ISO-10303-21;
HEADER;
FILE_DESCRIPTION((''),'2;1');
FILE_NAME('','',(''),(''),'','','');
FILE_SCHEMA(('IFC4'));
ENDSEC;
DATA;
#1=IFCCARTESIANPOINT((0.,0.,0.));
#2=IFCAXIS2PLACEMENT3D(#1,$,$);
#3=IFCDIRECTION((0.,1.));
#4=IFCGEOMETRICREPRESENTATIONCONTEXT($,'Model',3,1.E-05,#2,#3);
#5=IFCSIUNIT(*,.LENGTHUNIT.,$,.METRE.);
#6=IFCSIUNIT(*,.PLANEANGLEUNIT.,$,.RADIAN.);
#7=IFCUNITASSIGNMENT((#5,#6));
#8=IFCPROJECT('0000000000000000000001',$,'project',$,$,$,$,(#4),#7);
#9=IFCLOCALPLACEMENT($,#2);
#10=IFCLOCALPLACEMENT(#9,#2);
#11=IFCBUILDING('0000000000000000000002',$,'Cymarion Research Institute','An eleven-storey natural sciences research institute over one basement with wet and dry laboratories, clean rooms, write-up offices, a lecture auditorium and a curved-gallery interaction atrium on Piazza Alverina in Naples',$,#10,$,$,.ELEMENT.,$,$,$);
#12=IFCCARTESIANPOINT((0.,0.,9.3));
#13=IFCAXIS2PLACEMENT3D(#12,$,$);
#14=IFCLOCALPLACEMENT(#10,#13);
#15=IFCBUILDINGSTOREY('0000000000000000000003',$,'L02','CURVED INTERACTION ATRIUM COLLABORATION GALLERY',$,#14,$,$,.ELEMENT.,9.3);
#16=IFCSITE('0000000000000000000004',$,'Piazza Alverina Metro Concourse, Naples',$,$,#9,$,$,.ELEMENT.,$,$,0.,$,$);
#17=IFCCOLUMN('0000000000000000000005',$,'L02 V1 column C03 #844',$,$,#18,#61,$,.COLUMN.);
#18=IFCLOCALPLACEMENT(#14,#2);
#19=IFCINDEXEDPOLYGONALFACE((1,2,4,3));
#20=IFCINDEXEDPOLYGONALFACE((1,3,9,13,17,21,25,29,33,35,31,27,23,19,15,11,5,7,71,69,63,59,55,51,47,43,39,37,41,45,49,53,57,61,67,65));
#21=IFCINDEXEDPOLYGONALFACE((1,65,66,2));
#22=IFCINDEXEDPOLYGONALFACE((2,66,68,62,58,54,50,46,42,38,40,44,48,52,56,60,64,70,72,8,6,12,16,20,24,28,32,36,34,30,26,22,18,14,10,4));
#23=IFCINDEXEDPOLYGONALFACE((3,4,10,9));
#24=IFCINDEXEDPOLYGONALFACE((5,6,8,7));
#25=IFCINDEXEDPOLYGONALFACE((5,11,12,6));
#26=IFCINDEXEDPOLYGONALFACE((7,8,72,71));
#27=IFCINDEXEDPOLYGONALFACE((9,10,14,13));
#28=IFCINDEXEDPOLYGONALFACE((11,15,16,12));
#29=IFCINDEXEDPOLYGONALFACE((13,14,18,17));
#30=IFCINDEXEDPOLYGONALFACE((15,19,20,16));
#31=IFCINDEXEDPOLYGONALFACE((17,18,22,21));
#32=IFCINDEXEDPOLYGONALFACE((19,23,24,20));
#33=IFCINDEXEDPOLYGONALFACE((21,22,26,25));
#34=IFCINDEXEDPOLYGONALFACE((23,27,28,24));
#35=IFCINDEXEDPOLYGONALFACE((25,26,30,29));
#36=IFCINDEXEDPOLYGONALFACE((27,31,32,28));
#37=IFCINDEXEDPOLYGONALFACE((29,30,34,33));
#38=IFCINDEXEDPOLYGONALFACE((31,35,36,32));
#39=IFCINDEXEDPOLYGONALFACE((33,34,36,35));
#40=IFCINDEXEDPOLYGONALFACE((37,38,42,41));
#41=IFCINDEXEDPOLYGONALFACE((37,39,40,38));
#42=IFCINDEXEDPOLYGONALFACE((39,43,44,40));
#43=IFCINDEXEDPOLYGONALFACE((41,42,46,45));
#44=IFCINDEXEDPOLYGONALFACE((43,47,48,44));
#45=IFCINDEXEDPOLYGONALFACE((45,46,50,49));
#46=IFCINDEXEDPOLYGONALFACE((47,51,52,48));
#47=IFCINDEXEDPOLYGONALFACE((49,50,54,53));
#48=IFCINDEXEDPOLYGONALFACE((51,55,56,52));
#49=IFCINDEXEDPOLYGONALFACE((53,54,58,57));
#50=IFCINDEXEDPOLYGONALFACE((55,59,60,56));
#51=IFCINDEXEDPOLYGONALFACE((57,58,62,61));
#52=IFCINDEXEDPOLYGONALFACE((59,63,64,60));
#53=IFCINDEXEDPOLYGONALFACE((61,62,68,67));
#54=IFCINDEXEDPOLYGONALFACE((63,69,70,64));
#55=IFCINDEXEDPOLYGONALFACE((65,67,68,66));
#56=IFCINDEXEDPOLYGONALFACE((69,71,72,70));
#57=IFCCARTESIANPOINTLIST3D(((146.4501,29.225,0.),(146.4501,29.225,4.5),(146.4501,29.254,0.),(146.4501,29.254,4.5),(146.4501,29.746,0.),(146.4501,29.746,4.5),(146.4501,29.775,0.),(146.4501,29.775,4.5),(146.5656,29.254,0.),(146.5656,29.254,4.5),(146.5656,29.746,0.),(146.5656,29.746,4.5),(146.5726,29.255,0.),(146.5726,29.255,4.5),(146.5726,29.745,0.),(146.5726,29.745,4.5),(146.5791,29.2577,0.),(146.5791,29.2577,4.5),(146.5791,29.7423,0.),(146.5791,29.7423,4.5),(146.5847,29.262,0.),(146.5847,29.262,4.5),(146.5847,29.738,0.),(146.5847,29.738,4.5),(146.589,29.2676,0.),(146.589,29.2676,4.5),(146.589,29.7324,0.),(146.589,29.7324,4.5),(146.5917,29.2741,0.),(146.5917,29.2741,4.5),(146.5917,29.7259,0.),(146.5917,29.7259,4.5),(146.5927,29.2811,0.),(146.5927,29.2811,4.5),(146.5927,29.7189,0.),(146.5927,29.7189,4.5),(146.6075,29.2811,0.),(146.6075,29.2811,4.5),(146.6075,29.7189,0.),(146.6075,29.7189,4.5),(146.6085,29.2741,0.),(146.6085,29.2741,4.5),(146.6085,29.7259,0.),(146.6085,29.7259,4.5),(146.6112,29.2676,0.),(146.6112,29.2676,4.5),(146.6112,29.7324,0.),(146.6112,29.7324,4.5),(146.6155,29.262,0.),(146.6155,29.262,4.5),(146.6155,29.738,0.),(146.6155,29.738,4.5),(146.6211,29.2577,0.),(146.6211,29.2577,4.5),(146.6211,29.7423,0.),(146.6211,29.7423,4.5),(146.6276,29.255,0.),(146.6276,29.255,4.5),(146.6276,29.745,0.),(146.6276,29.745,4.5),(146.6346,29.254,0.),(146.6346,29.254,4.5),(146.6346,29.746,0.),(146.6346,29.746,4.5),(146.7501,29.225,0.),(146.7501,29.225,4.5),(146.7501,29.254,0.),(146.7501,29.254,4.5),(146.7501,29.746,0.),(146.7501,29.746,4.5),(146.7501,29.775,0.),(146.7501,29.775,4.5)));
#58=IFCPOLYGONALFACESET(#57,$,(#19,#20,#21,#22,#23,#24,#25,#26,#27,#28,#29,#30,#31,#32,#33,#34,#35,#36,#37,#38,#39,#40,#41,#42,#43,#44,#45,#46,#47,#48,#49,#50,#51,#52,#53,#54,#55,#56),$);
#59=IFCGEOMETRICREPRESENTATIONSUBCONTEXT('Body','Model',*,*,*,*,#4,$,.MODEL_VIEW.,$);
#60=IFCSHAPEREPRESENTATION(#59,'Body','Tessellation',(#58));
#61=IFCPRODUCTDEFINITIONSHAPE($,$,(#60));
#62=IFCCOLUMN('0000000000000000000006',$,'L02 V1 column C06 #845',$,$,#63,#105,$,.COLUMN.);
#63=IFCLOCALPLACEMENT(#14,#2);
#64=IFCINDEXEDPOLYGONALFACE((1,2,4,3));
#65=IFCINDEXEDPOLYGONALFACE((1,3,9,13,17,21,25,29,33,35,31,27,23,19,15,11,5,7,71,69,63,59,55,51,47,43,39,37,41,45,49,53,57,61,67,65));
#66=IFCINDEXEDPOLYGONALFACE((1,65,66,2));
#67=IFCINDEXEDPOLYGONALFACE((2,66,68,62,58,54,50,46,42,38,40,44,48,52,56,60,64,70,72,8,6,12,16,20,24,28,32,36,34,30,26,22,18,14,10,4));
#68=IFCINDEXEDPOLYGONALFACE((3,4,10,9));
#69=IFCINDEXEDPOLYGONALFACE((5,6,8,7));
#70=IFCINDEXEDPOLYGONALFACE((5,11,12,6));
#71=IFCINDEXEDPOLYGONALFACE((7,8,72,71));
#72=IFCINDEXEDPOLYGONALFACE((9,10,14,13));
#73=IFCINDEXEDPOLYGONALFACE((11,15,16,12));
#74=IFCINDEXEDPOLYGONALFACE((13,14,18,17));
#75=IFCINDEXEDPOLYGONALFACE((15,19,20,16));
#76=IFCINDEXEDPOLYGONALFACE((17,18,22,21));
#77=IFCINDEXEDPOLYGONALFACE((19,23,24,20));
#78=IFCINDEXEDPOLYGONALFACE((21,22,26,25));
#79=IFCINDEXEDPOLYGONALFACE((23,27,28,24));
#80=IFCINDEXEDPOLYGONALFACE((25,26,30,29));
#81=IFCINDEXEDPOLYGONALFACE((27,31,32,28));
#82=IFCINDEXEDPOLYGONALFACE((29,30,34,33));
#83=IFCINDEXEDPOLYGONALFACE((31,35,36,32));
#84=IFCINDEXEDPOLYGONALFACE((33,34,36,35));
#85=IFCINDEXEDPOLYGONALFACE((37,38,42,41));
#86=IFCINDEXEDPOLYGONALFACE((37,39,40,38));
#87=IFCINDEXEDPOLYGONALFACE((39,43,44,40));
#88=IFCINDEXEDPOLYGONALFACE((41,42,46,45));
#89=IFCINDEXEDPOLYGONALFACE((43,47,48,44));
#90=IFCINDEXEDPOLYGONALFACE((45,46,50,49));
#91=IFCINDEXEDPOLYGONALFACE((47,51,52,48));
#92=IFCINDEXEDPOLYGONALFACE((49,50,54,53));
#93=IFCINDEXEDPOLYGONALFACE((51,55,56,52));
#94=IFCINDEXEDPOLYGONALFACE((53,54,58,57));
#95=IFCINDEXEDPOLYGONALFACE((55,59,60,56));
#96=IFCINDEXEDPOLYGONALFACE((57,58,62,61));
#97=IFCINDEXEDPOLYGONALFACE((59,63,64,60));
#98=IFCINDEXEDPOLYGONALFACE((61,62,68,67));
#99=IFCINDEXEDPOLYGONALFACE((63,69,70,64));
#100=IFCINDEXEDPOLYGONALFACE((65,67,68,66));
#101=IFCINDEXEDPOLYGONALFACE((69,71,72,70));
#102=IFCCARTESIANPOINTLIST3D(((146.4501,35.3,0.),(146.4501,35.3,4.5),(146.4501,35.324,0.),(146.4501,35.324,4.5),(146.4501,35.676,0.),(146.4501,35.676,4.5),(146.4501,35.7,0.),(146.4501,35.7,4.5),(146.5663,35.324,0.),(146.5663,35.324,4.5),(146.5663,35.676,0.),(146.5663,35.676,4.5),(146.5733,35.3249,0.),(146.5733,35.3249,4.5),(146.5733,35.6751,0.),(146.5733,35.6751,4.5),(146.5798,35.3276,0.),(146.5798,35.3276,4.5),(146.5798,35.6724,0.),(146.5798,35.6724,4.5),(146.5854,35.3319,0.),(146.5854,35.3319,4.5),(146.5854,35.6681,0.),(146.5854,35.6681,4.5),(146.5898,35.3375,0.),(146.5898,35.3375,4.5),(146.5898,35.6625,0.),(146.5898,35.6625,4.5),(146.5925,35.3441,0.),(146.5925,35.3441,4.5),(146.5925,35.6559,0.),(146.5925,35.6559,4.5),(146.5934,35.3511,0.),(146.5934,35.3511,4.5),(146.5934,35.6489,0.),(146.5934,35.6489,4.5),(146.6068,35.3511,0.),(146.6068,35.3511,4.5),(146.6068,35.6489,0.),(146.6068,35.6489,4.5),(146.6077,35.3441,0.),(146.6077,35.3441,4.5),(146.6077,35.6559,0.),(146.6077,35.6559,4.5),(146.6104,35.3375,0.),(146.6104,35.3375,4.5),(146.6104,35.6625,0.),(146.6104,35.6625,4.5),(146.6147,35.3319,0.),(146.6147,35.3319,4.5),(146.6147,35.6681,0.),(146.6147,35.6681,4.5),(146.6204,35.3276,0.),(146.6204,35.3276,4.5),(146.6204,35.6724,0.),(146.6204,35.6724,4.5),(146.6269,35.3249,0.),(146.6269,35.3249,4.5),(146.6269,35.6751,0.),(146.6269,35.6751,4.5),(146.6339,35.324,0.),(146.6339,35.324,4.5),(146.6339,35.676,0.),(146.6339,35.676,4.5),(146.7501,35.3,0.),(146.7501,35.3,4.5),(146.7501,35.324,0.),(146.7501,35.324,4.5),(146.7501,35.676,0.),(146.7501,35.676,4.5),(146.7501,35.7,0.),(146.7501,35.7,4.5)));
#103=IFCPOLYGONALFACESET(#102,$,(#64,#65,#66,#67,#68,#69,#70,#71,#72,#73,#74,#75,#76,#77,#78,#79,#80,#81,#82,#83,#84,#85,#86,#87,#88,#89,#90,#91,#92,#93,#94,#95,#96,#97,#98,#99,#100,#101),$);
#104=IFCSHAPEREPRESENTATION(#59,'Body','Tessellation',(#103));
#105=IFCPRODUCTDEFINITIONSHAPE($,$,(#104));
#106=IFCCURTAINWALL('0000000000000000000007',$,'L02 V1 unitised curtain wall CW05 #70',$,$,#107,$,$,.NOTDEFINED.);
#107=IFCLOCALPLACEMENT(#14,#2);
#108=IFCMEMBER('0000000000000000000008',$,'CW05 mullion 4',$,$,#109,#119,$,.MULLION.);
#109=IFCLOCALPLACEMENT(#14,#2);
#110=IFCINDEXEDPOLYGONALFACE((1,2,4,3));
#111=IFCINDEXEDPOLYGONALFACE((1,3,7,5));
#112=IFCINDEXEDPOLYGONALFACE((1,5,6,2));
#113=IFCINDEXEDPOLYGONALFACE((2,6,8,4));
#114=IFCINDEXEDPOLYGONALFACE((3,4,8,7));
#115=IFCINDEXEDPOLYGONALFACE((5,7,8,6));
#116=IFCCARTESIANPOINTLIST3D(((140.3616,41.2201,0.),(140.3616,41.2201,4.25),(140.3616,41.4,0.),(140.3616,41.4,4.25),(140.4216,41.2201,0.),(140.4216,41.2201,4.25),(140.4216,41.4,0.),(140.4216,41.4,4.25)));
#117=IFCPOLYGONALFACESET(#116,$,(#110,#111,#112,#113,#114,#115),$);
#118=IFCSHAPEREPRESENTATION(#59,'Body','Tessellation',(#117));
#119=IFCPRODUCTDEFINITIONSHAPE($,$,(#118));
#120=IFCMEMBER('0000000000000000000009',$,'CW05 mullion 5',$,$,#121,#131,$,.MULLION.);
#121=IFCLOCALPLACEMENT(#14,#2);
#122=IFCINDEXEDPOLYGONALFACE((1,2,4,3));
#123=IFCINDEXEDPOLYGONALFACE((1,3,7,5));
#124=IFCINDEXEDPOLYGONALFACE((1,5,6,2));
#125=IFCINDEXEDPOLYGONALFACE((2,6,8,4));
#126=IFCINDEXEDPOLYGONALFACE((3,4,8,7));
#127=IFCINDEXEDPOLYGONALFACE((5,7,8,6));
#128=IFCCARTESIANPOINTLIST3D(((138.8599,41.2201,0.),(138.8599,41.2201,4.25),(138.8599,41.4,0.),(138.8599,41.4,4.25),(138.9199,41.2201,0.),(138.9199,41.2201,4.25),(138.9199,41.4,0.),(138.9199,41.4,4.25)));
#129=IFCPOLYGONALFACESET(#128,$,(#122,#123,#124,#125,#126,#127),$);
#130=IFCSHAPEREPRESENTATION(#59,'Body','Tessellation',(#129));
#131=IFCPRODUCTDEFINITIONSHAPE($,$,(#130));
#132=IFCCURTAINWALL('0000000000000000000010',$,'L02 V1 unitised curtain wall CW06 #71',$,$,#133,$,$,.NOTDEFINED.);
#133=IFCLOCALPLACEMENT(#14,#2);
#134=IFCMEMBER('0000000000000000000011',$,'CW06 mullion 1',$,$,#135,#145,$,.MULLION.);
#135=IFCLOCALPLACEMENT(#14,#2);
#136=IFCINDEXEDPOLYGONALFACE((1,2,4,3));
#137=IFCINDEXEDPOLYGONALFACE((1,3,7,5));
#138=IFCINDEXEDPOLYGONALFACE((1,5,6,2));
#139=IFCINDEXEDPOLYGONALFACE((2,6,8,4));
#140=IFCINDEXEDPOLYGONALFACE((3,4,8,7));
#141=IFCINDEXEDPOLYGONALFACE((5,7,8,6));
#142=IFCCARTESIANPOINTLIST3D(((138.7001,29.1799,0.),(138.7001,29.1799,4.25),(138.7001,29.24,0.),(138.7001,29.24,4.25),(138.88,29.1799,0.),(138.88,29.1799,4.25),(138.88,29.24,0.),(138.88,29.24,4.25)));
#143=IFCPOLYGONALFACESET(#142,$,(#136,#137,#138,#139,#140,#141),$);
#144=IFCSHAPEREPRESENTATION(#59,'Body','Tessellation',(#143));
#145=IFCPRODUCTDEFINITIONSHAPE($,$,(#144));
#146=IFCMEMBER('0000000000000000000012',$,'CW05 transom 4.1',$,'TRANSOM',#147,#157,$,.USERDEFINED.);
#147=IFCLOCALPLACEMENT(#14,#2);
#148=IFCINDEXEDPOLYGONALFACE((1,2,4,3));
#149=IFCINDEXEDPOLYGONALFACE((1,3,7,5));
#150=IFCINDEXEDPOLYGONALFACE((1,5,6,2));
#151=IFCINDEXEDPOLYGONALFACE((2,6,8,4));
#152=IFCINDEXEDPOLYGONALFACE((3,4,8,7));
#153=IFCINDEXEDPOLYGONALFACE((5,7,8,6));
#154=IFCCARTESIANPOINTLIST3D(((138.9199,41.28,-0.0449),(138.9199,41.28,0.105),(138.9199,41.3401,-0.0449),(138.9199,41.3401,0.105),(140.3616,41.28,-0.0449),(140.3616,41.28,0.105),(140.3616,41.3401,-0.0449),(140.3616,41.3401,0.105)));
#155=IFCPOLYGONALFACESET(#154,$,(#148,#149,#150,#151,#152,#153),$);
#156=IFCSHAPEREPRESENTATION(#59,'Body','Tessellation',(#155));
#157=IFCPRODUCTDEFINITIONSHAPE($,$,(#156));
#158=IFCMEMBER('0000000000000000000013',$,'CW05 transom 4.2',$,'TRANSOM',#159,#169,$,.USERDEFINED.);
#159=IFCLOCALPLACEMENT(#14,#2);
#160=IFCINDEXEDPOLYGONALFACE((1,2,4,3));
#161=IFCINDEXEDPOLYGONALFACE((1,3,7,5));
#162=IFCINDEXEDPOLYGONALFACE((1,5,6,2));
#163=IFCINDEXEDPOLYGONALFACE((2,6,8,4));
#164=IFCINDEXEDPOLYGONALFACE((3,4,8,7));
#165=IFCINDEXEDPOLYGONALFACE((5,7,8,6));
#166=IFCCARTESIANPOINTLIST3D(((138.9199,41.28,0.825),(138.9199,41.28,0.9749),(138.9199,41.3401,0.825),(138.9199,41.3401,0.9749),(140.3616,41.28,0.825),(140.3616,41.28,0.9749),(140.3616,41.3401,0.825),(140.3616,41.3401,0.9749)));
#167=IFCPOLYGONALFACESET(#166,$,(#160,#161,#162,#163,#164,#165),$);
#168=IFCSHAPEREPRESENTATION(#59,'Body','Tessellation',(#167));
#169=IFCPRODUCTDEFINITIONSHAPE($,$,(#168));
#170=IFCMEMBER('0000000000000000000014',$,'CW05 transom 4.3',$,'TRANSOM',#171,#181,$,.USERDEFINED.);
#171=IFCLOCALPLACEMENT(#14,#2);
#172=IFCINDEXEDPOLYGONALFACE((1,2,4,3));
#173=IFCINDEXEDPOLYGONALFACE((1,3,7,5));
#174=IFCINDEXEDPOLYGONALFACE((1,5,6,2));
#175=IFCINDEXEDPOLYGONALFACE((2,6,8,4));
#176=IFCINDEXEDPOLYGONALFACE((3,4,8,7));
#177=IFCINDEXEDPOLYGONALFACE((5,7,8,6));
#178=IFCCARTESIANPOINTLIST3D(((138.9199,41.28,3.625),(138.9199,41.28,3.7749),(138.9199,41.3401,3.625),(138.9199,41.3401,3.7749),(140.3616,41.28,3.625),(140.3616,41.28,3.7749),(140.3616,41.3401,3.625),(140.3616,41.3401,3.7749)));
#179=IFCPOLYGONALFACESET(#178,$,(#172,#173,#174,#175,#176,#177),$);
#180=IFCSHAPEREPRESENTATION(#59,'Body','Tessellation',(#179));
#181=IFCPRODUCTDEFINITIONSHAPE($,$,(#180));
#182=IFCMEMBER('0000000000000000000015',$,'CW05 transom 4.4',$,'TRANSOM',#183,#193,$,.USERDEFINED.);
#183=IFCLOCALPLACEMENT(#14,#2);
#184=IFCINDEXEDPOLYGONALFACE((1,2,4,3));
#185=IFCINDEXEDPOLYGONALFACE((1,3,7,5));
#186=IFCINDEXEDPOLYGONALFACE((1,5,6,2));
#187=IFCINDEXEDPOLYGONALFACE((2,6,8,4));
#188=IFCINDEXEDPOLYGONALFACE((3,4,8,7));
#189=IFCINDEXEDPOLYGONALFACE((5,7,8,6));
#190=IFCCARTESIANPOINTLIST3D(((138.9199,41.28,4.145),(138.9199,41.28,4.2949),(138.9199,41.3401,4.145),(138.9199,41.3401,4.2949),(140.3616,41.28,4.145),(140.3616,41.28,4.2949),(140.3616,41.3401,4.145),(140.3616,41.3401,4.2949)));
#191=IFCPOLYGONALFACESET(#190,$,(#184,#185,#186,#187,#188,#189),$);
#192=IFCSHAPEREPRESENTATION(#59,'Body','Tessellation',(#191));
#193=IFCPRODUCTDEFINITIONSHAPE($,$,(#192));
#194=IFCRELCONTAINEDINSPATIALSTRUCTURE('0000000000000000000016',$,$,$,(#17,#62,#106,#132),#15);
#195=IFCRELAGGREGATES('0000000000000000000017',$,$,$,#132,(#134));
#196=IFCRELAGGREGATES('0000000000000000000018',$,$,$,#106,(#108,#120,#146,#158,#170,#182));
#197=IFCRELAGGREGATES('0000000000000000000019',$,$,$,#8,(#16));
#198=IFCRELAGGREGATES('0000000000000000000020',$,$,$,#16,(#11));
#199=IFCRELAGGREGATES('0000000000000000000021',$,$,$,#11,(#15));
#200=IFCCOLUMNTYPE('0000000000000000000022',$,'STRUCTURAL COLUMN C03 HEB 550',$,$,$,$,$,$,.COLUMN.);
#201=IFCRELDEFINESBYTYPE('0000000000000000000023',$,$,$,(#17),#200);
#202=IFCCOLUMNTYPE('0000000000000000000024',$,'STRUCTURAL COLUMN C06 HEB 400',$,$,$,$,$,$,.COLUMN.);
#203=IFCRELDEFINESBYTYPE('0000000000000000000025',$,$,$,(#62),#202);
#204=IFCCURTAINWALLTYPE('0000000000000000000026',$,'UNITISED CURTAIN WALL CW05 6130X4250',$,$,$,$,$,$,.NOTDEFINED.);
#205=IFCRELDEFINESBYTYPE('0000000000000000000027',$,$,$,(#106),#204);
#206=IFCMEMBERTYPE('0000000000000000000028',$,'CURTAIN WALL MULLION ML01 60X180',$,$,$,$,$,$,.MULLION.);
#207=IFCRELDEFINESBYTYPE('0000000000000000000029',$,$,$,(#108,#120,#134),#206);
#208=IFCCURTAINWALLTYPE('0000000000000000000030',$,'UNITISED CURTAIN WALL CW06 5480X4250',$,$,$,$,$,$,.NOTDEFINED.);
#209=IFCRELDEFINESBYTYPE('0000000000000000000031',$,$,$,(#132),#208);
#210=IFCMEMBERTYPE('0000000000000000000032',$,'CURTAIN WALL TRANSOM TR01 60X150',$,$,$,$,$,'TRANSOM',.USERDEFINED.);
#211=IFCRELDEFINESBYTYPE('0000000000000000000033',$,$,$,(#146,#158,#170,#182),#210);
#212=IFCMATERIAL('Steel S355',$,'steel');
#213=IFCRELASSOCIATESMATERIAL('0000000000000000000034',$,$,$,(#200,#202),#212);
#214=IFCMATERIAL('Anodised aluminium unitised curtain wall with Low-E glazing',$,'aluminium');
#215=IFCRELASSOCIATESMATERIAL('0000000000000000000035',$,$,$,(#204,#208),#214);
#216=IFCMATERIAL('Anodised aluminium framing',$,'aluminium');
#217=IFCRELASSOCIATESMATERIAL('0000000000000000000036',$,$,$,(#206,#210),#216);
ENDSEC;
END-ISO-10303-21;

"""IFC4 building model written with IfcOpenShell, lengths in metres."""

from ifc_helpers import new_model, si_unit, direction, frame, origin, origin_2d, place, context, subcontext, project, spatial, rectangle, i_section, extrude, material, material_profile, profile_set, type_object, element, aggregate, save


model = new_model("IFC4")

# Units and contexts
model_context = context("Model", 3, precision=1e-05, world=origin(), true_north=direction((0.0, 1.0)))
body_context = subcontext(model_context, "Body", "Model", "MODEL_VIEW")
ifc_project = project(units=[si_unit("LENGTHUNIT", "METRE"), si_unit("PLANEANGLEUNIT", "RADIAN")], contexts=[model_context])

# Site, building, storey
site_placement = place(None, origin())
site = spatial("IfcSite", under=ifc_project, at=site_placement, Name="Piazza Alverina Metro Concourse, Naples", CompositionType="ELEMENT", RefElevation=0.0)
building_placement = place(site_placement, origin())
building = spatial("IfcBuilding", under=site, at=building_placement, Name="Cymarion Research Institute", Description="An eleven-storey natural sciences research institute over one basement with wet and dry laboratories, clean rooms, write-up offices, a lecture auditorium and a curved-gallery interaction atrium on Piazza Alverina in Naples", CompositionType="ELEMENT")
storey_placement = place(building_placement, frame((0.0, 0.0, 9.3)))
storey = spatial("IfcBuildingStorey", under=building, at=storey_placement, Name="L02", Description="CURVED INTERACTION ATRIUM COLLABORATION GALLERY", CompositionType="ELEMENT", Elevation=9.3)

# Columns
ifc_material_1 = material(Name="Steel S355", Category="steel")
ifc_material_profile_1 = material_profile(ifc_material_1, i_section(OverallWidth=0.3, OverallDepth=0.55, WebThickness=0.0149, FlangeThickness=0.0291, FilletRadius=0.0271, at=origin_2d()), Name="HEB 550")
ifc_profile_set_1 = profile_set([ifc_material_profile_1], Name="Steel S355")
column_type_1 = type_object("IfcColumnType", Name="STRUCTURAL COLUMN C03 HEB 550", PredefinedType="COLUMN", material=ifc_profile_set_1)
column_1_placement = place(storey_placement, frame((146.6001, 29.5, 0.0), z_axis=(0.0, 0.0, 1.0), x_axis=(1.0, 0.0, 0.0)))
element("IfcColumn", 1, at=column_1_placement, inside=storey, type_object=column_type_1, Name="L02 V1 column C03 #844", PredefinedType="COLUMN", context=body_context, shape_type="SweptSolid", body=[
    extrude(i_section(OverallWidth=0.3, OverallDepth=0.55, WebThickness=0.0149, FlangeThickness=0.0291, FilletRadius=0.0271, at=origin_2d()), origin(), (0.0, 0.0, 1.0), 4.5),
])
ifc_material_profile_2 = material_profile(ifc_material_1, i_section(OverallWidth=0.3, OverallDepth=0.3999, WebThickness=0.0134, FlangeThickness=0.0239, FilletRadius=0.0271, at=origin_2d()), Name="HEB 400")
ifc_profile_set_2 = profile_set([ifc_material_profile_2], Name="Steel S355")
column_type_2 = type_object("IfcColumnType", Name="STRUCTURAL COLUMN C06 HEB 400", PredefinedType="COLUMN", material=ifc_profile_set_2)
column_2_placement = place(storey_placement, frame((146.6001, 35.5, 0.0), z_axis=(0.0, 0.0, 1.0), x_axis=(1.0, 0.0, 0.0)))
element("IfcColumn", 2, at=column_2_placement, inside=storey, type_object=column_type_2, Name="L02 V1 column C06 #845", PredefinedType="COLUMN", context=body_context, shape_type="SweptSolid", body=[
    extrude(i_section(OverallWidth=0.3, OverallDepth=0.3999, WebThickness=0.0134, FlangeThickness=0.0239, FilletRadius=0.0271, at=origin_2d()), origin(), (0.0, 0.0, 1.0), 4.5),
])

# Curtain wall, members
ifc_material_2 = material(Name="Anodised aluminium unitised curtain wall with Low-E glazing", Category="aluminium")
curtain_wall_type_1 = type_object("IfcCurtainWallType", Name="UNITISED CURTAIN WALL CW05 6130X4250", PredefinedType="NOTDEFINED", material=ifc_material_2)
curtain_wall_1_placement = place(storey_placement, origin())
curtain_wall_1 = element("IfcCurtainWall", 3, at=curtain_wall_1_placement, inside=storey, type_object=curtain_wall_type_1, Name="L02 V1 unitised curtain wall CW05 #70", PredefinedType="NOTDEFINED")
ifc_material_3 = material(Name="Anodised aluminium framing", Category="aluminium")
ifc_material_profile_3 = material_profile(ifc_material_3, rectangle(XDim=0.0601, YDim=0.1799, at=origin_2d()), Name="ALU MULLION 60x180")
ifc_profile_set_3 = profile_set([ifc_material_profile_3], Name="Anodised aluminium framing")
member_type_1 = type_object("IfcMemberType", Name="CURTAIN WALL MULLION ML01 60X180", PredefinedType="MULLION", material=ifc_profile_set_3)
member_1_placement = place(storey_placement, frame((140.3916, 41.3101, 0.0), z_axis=(0.0, 0.0, 1.0), x_axis=(-1.0, 0.0, 0.0)))
member_1 = element("IfcMember", 4, at=member_1_placement, type_object=member_type_1, Name="CW05 mullion 4", PredefinedType="MULLION", context=body_context, shape_type="SweptSolid", body=[
    extrude(rectangle(XDim=0.0601, YDim=0.1799, at=origin_2d()), origin(), (0.0, 0.0, 1.0), 4.25),
])
member_2_placement = place(storey_placement, frame((138.8899, 41.3101, 0.0), z_axis=(0.0, 0.0, 1.0), x_axis=(-1.0, 0.0, 0.0)))
member_2 = element("IfcMember", 5, at=member_2_placement, type_object=member_type_1, Name="CW05 mullion 5", PredefinedType="MULLION", context=body_context, shape_type="SweptSolid", body=[
    extrude(rectangle(XDim=0.0601, YDim=0.1799, at=origin_2d()), origin(), (0.0, 0.0, 1.0), 4.25),
])

# Curtain wall, member
curtain_wall_type_2 = type_object("IfcCurtainWallType", Name="UNITISED CURTAIN WALL CW06 5480X4250", PredefinedType="NOTDEFINED", material=ifc_material_2)
curtain_wall_2_placement = place(storey_placement, origin())
curtain_wall_2 = element("IfcCurtainWall", 6, at=curtain_wall_2_placement, inside=storey, type_object=curtain_wall_type_2, Name="L02 V1 unitised curtain wall CW06 #71", PredefinedType="NOTDEFINED")
member_3_placement = place(storey_placement, frame((138.79, 29.21, 0.0), z_axis=(0.0, 0.0, 1.0), x_axis=(0.0, -1.0, 0.0)))
member_3 = element("IfcMember", 7, at=member_3_placement, type_object=member_type_1, Name="CW06 mullion 1", PredefinedType="MULLION", context=body_context, shape_type="SweptSolid", body=[
    extrude(rectangle(XDim=0.0601, YDim=0.1799, at=origin_2d()), origin(), (0.0, 0.0, 1.0), 4.25),
])
aggregate(curtain_wall_2, [member_3])

# Members
ifc_material_profile_4 = material_profile(ifc_material_3, rectangle(XDim=0.0601, YDim=0.1499, at=origin_2d()), Name="ALU TRANSOM 60x150")
ifc_profile_set_4 = profile_set([ifc_material_profile_4], Name="Anodised aluminium framing")
member_type_2 = type_object("IfcMemberType", Name="CURTAIN WALL TRANSOM TR01 60X150", ElementType="TRANSOM", PredefinedType="USERDEFINED", material=ifc_profile_set_4)
member_4_placement = place(storey_placement, frame((140.3616, 41.3101, 0.03), z_axis=(-1.0, 0.0, 0.0), x_axis=(0.0, -1.0, 0.0)))
member_4 = element("IfcMember", 8, at=member_4_placement, type_object=member_type_2, Name="CW05 transom 4.1", ObjectType="TRANSOM", PredefinedType="USERDEFINED", context=body_context, shape_type="SweptSolid", body=[
    extrude(rectangle(XDim=0.0601, YDim=0.1499, at=origin_2d()), origin(), (0.0, 0.0, 1.0), 1.4417),
])
member_5_placement = place(storey_placement, frame((140.3616, 41.3101, 0.8999), z_axis=(-1.0, 0.0, 0.0), x_axis=(0.0, -1.0, 0.0)))
member_5 = element("IfcMember", 9, at=member_5_placement, type_object=member_type_2, Name="CW05 transom 4.2", ObjectType="TRANSOM", PredefinedType="USERDEFINED", context=body_context, shape_type="SweptSolid", body=[
    extrude(rectangle(XDim=0.0601, YDim=0.1499, at=origin_2d()), origin(), (0.0, 0.0, 1.0), 1.4417),
])
member_6_placement = place(storey_placement, frame((140.3616, 41.3101, 3.7), z_axis=(-1.0, 0.0, 0.0), x_axis=(0.0, -1.0, 0.0)))
member_6 = element("IfcMember", 10, at=member_6_placement, type_object=member_type_2, Name="CW05 transom 4.3", ObjectType="TRANSOM", PredefinedType="USERDEFINED", context=body_context, shape_type="SweptSolid", body=[
    extrude(rectangle(XDim=0.0601, YDim=0.1499, at=origin_2d()), origin(), (0.0, 0.0, 1.0), 1.4417),
])
member_7_placement = place(storey_placement, frame((140.3616, 41.3101, 4.22), z_axis=(-1.0, 0.0, 0.0), x_axis=(0.0, -1.0, 0.0)))
member_7 = element("IfcMember", 11, at=member_7_placement, type_object=member_type_2, Name="CW05 transom 4.4", ObjectType="TRANSOM", PredefinedType="USERDEFINED", context=body_context, shape_type="SweptSolid", body=[
    extrude(rectangle(XDim=0.0601, YDim=0.1499, at=origin_2d()), origin(), (0.0, 0.0, 1.0), 1.4417),
])

aggregate(curtain_wall_1, [member_1, member_2, member_4, member_5, member_6, member_7])

save(model, "model.ifc")
